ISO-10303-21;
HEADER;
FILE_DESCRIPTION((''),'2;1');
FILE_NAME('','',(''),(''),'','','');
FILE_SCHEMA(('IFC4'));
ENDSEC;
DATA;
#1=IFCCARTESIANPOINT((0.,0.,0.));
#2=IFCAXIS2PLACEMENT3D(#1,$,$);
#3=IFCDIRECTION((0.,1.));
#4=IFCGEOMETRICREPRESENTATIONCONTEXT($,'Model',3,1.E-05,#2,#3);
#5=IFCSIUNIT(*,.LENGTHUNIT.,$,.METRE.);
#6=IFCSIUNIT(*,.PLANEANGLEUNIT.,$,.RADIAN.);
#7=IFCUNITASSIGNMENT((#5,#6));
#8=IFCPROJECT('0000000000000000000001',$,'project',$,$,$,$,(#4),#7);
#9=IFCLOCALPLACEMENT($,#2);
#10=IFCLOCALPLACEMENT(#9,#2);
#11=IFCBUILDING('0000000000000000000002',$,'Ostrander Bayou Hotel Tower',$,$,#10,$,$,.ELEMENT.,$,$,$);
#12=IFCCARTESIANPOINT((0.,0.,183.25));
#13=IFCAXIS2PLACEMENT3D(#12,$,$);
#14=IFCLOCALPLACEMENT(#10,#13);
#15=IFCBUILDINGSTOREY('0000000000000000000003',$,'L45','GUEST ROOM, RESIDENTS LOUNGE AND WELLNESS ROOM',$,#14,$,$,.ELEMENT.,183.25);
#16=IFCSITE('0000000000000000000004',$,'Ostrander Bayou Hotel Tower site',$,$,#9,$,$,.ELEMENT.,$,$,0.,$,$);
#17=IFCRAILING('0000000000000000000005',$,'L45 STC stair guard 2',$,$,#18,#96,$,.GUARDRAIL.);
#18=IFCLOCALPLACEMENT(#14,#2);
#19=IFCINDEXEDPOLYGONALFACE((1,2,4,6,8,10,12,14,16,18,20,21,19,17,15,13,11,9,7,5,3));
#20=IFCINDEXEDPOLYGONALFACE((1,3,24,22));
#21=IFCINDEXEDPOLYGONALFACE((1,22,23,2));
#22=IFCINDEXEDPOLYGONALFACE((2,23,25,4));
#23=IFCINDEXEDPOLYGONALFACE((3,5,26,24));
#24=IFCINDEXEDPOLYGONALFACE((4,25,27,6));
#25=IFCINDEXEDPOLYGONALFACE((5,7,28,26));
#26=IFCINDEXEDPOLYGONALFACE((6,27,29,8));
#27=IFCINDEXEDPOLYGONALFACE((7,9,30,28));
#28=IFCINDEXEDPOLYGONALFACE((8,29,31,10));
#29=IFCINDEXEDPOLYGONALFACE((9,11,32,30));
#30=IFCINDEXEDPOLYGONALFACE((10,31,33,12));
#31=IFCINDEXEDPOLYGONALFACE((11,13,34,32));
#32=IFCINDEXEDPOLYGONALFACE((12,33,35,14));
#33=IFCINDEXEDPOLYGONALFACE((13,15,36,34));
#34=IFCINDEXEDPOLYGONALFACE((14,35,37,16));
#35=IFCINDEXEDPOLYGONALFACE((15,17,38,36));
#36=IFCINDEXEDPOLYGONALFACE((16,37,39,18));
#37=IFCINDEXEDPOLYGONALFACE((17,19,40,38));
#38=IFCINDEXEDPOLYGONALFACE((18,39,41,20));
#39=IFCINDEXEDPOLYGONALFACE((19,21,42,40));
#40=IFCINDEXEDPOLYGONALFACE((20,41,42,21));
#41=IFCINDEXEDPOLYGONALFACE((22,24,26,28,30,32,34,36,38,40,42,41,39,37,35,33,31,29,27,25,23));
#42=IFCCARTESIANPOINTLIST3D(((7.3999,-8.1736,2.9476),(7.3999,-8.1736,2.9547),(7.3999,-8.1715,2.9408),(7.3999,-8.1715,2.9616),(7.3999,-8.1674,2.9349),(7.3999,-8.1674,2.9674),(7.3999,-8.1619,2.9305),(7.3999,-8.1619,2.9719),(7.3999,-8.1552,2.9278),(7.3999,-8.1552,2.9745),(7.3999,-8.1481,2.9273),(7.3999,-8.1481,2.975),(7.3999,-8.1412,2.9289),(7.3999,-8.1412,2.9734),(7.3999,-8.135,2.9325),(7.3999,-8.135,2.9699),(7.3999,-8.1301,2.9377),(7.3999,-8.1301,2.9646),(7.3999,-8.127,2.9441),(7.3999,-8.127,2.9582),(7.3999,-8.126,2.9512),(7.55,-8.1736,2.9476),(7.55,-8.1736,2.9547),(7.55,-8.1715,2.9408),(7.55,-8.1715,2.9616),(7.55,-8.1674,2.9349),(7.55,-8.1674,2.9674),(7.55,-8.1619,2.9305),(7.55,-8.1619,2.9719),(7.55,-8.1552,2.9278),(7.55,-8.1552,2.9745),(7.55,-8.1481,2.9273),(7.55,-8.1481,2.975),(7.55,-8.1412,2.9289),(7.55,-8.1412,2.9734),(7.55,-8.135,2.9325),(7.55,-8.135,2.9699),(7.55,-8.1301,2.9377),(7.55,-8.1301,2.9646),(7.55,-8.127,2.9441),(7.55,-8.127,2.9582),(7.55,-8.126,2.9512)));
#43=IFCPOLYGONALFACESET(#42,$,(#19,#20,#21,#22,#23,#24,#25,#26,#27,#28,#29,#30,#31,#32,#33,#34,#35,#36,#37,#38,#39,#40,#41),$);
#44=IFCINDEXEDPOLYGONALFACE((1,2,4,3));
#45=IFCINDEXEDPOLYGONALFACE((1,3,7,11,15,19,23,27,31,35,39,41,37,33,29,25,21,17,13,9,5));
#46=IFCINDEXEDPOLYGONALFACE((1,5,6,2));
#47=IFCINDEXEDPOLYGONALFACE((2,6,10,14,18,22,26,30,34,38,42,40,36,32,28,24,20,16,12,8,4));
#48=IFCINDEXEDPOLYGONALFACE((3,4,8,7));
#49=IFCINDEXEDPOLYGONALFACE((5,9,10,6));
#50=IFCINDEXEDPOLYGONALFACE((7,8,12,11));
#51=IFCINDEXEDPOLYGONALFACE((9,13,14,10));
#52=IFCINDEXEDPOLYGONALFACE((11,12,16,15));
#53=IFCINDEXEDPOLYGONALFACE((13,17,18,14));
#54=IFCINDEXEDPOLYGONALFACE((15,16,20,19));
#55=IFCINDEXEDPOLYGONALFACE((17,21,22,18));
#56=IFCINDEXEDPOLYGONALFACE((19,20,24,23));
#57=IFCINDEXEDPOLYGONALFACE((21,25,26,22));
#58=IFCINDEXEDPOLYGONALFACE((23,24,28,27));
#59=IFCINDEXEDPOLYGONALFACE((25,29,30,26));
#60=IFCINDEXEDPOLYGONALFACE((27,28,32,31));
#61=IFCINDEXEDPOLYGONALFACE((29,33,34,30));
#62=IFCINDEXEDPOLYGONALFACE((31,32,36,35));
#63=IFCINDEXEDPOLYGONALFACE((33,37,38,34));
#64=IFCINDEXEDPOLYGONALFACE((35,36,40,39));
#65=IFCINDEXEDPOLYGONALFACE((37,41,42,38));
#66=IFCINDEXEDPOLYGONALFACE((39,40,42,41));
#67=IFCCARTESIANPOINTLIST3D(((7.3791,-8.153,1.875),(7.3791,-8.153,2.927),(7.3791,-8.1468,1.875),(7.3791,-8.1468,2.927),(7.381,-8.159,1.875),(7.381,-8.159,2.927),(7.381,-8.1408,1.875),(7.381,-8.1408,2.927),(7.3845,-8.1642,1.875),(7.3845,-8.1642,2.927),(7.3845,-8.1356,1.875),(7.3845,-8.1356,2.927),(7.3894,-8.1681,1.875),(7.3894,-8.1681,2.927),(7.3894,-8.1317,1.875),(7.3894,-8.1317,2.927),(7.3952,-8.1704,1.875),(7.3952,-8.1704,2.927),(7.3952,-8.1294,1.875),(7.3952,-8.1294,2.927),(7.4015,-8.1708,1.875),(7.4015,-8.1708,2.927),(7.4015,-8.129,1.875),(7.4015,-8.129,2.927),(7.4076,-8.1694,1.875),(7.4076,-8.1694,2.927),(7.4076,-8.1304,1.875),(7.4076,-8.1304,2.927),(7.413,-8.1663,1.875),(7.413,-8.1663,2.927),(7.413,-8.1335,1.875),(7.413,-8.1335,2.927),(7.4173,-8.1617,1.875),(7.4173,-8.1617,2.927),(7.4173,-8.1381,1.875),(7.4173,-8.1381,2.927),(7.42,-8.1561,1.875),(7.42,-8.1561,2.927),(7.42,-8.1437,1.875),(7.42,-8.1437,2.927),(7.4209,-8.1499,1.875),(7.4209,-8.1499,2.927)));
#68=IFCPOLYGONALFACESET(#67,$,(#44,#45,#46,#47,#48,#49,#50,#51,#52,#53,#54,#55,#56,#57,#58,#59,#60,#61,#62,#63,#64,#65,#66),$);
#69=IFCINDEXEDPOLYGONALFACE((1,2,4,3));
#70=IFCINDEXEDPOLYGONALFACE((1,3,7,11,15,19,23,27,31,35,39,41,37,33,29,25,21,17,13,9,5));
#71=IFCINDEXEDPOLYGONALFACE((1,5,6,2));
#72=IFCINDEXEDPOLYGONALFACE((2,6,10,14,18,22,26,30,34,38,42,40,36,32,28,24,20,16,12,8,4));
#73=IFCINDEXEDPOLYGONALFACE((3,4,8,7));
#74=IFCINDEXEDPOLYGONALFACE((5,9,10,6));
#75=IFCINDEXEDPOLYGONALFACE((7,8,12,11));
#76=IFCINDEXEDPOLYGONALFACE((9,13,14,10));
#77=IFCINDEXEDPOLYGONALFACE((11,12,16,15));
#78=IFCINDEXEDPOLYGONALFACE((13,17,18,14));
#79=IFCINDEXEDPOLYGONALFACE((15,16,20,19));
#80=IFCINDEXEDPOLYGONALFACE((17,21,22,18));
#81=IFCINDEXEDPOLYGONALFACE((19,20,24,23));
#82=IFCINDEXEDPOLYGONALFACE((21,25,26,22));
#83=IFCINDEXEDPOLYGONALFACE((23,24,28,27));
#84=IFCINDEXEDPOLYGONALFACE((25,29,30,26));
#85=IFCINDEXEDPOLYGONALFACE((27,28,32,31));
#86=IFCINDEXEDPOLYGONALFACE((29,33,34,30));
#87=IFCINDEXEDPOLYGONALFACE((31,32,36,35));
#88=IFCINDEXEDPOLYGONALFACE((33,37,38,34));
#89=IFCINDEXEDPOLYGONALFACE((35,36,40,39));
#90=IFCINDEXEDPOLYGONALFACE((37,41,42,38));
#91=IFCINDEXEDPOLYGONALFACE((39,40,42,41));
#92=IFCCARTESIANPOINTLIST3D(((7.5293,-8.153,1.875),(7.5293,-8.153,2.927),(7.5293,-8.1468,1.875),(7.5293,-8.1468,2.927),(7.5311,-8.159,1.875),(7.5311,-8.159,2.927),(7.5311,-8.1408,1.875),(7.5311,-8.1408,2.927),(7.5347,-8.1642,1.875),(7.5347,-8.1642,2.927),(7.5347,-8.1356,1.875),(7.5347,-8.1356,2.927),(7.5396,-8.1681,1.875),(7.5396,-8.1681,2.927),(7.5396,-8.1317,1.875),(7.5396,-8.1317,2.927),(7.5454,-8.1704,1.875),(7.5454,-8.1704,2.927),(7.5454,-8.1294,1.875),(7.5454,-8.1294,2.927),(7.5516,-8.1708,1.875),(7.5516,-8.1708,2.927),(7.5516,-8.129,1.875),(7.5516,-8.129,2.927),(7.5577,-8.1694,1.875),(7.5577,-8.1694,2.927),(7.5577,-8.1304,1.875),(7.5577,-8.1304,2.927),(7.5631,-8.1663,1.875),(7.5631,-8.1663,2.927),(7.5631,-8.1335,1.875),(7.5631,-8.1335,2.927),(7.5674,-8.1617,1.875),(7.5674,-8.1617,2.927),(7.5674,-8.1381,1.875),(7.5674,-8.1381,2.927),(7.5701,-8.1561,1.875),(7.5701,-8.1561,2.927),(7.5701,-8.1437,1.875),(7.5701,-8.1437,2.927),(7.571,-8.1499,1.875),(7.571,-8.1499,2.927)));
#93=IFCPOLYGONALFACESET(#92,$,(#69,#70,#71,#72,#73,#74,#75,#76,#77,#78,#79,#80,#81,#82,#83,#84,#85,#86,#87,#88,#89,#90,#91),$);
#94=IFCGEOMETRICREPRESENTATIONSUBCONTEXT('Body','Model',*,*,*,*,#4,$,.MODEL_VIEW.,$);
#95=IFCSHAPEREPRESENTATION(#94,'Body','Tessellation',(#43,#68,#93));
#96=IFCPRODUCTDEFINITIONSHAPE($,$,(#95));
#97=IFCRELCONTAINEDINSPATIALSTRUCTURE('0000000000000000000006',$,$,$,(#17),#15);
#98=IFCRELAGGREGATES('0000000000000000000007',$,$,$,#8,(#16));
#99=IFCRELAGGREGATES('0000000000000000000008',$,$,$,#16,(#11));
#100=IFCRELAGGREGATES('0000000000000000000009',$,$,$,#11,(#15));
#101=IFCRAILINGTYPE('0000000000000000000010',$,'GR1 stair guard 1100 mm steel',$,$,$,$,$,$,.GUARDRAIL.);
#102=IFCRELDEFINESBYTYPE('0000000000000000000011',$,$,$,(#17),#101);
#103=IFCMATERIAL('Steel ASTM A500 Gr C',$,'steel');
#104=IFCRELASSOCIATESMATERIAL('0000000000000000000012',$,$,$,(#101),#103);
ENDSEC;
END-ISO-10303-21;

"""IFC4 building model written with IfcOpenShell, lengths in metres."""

from ifc_helpers import new_model, si_unit, direction, frame, origin, origin_2d, place, context, subcontext, project, spatial, circle, extrude, material, type_object, element, save


model = new_model("IFC4")

# Units and contexts
model_context = context("Model", 3, precision=1e-05, world=origin(), true_north=direction((0.0, 1.0)))
body_context = subcontext(model_context, "Body", "Model", "MODEL_VIEW")
ifc_project = project(units=[si_unit("LENGTHUNIT", "METRE"), si_unit("PLANEANGLEUNIT", "RADIAN")], contexts=[model_context])

# Site, building, storey
site_placement = place(None, origin())
site = spatial("IfcSite", under=ifc_project, at=site_placement, Name="Ostrander Bayou Hotel Tower site", CompositionType="ELEMENT", RefElevation=0.0)
building_placement = place(site_placement, origin())
building = spatial("IfcBuilding", under=site, at=building_placement, Name="Ostrander Bayou Hotel Tower", CompositionType="ELEMENT")
storey_placement = place(building_placement, frame((0.0, 0.0, 183.25)))
storey = spatial("IfcBuildingStorey", under=building, at=storey_placement, Name="L45", Description="GUEST ROOM, RESIDENTS LOUNGE AND WELLNESS ROOM", CompositionType="ELEMENT", Elevation=183.25)

# Railing
ifc_material_1 = material(Name="Steel ASTM A500 Gr C", Category="steel")
railing_type_1 = type_object("IfcRailingType", Name="GR1 stair guard 1100 mm steel", PredefinedType="GUARDRAIL", material=ifc_material_1)
railing_1_placement = place(storey_placement, frame((7.3999, -8.1499, 1.875)))
element("IfcRailing", 1, at=railing_1_placement, inside=storey, type_object=railing_type_1, Name="L45 STC stair guard 2", PredefinedType="GUARDRAIL", context=body_context, shape_type="SweptSolid", body=[
    extrude(circle(Radius=0.0239, at=origin_2d()), frame((0.0, 0.0, 1.0762), z_axis=(1.0, 0.0, 0.0), x_axis=(0.0, 1.0, 0.0)), (0.0, 0.0, 1.0), 0.1501),
    extrude(circle(Radius=0.021, at=origin_2d()), origin(), (0.0, 0.0, 1.0), 1.052),
    extrude(circle(Radius=0.021, at=origin_2d()), frame((0.1501, 0.0, 0.0)), (0.0, 0.0, 1.0), 1.052),
])

save(model, "model.ifc")
